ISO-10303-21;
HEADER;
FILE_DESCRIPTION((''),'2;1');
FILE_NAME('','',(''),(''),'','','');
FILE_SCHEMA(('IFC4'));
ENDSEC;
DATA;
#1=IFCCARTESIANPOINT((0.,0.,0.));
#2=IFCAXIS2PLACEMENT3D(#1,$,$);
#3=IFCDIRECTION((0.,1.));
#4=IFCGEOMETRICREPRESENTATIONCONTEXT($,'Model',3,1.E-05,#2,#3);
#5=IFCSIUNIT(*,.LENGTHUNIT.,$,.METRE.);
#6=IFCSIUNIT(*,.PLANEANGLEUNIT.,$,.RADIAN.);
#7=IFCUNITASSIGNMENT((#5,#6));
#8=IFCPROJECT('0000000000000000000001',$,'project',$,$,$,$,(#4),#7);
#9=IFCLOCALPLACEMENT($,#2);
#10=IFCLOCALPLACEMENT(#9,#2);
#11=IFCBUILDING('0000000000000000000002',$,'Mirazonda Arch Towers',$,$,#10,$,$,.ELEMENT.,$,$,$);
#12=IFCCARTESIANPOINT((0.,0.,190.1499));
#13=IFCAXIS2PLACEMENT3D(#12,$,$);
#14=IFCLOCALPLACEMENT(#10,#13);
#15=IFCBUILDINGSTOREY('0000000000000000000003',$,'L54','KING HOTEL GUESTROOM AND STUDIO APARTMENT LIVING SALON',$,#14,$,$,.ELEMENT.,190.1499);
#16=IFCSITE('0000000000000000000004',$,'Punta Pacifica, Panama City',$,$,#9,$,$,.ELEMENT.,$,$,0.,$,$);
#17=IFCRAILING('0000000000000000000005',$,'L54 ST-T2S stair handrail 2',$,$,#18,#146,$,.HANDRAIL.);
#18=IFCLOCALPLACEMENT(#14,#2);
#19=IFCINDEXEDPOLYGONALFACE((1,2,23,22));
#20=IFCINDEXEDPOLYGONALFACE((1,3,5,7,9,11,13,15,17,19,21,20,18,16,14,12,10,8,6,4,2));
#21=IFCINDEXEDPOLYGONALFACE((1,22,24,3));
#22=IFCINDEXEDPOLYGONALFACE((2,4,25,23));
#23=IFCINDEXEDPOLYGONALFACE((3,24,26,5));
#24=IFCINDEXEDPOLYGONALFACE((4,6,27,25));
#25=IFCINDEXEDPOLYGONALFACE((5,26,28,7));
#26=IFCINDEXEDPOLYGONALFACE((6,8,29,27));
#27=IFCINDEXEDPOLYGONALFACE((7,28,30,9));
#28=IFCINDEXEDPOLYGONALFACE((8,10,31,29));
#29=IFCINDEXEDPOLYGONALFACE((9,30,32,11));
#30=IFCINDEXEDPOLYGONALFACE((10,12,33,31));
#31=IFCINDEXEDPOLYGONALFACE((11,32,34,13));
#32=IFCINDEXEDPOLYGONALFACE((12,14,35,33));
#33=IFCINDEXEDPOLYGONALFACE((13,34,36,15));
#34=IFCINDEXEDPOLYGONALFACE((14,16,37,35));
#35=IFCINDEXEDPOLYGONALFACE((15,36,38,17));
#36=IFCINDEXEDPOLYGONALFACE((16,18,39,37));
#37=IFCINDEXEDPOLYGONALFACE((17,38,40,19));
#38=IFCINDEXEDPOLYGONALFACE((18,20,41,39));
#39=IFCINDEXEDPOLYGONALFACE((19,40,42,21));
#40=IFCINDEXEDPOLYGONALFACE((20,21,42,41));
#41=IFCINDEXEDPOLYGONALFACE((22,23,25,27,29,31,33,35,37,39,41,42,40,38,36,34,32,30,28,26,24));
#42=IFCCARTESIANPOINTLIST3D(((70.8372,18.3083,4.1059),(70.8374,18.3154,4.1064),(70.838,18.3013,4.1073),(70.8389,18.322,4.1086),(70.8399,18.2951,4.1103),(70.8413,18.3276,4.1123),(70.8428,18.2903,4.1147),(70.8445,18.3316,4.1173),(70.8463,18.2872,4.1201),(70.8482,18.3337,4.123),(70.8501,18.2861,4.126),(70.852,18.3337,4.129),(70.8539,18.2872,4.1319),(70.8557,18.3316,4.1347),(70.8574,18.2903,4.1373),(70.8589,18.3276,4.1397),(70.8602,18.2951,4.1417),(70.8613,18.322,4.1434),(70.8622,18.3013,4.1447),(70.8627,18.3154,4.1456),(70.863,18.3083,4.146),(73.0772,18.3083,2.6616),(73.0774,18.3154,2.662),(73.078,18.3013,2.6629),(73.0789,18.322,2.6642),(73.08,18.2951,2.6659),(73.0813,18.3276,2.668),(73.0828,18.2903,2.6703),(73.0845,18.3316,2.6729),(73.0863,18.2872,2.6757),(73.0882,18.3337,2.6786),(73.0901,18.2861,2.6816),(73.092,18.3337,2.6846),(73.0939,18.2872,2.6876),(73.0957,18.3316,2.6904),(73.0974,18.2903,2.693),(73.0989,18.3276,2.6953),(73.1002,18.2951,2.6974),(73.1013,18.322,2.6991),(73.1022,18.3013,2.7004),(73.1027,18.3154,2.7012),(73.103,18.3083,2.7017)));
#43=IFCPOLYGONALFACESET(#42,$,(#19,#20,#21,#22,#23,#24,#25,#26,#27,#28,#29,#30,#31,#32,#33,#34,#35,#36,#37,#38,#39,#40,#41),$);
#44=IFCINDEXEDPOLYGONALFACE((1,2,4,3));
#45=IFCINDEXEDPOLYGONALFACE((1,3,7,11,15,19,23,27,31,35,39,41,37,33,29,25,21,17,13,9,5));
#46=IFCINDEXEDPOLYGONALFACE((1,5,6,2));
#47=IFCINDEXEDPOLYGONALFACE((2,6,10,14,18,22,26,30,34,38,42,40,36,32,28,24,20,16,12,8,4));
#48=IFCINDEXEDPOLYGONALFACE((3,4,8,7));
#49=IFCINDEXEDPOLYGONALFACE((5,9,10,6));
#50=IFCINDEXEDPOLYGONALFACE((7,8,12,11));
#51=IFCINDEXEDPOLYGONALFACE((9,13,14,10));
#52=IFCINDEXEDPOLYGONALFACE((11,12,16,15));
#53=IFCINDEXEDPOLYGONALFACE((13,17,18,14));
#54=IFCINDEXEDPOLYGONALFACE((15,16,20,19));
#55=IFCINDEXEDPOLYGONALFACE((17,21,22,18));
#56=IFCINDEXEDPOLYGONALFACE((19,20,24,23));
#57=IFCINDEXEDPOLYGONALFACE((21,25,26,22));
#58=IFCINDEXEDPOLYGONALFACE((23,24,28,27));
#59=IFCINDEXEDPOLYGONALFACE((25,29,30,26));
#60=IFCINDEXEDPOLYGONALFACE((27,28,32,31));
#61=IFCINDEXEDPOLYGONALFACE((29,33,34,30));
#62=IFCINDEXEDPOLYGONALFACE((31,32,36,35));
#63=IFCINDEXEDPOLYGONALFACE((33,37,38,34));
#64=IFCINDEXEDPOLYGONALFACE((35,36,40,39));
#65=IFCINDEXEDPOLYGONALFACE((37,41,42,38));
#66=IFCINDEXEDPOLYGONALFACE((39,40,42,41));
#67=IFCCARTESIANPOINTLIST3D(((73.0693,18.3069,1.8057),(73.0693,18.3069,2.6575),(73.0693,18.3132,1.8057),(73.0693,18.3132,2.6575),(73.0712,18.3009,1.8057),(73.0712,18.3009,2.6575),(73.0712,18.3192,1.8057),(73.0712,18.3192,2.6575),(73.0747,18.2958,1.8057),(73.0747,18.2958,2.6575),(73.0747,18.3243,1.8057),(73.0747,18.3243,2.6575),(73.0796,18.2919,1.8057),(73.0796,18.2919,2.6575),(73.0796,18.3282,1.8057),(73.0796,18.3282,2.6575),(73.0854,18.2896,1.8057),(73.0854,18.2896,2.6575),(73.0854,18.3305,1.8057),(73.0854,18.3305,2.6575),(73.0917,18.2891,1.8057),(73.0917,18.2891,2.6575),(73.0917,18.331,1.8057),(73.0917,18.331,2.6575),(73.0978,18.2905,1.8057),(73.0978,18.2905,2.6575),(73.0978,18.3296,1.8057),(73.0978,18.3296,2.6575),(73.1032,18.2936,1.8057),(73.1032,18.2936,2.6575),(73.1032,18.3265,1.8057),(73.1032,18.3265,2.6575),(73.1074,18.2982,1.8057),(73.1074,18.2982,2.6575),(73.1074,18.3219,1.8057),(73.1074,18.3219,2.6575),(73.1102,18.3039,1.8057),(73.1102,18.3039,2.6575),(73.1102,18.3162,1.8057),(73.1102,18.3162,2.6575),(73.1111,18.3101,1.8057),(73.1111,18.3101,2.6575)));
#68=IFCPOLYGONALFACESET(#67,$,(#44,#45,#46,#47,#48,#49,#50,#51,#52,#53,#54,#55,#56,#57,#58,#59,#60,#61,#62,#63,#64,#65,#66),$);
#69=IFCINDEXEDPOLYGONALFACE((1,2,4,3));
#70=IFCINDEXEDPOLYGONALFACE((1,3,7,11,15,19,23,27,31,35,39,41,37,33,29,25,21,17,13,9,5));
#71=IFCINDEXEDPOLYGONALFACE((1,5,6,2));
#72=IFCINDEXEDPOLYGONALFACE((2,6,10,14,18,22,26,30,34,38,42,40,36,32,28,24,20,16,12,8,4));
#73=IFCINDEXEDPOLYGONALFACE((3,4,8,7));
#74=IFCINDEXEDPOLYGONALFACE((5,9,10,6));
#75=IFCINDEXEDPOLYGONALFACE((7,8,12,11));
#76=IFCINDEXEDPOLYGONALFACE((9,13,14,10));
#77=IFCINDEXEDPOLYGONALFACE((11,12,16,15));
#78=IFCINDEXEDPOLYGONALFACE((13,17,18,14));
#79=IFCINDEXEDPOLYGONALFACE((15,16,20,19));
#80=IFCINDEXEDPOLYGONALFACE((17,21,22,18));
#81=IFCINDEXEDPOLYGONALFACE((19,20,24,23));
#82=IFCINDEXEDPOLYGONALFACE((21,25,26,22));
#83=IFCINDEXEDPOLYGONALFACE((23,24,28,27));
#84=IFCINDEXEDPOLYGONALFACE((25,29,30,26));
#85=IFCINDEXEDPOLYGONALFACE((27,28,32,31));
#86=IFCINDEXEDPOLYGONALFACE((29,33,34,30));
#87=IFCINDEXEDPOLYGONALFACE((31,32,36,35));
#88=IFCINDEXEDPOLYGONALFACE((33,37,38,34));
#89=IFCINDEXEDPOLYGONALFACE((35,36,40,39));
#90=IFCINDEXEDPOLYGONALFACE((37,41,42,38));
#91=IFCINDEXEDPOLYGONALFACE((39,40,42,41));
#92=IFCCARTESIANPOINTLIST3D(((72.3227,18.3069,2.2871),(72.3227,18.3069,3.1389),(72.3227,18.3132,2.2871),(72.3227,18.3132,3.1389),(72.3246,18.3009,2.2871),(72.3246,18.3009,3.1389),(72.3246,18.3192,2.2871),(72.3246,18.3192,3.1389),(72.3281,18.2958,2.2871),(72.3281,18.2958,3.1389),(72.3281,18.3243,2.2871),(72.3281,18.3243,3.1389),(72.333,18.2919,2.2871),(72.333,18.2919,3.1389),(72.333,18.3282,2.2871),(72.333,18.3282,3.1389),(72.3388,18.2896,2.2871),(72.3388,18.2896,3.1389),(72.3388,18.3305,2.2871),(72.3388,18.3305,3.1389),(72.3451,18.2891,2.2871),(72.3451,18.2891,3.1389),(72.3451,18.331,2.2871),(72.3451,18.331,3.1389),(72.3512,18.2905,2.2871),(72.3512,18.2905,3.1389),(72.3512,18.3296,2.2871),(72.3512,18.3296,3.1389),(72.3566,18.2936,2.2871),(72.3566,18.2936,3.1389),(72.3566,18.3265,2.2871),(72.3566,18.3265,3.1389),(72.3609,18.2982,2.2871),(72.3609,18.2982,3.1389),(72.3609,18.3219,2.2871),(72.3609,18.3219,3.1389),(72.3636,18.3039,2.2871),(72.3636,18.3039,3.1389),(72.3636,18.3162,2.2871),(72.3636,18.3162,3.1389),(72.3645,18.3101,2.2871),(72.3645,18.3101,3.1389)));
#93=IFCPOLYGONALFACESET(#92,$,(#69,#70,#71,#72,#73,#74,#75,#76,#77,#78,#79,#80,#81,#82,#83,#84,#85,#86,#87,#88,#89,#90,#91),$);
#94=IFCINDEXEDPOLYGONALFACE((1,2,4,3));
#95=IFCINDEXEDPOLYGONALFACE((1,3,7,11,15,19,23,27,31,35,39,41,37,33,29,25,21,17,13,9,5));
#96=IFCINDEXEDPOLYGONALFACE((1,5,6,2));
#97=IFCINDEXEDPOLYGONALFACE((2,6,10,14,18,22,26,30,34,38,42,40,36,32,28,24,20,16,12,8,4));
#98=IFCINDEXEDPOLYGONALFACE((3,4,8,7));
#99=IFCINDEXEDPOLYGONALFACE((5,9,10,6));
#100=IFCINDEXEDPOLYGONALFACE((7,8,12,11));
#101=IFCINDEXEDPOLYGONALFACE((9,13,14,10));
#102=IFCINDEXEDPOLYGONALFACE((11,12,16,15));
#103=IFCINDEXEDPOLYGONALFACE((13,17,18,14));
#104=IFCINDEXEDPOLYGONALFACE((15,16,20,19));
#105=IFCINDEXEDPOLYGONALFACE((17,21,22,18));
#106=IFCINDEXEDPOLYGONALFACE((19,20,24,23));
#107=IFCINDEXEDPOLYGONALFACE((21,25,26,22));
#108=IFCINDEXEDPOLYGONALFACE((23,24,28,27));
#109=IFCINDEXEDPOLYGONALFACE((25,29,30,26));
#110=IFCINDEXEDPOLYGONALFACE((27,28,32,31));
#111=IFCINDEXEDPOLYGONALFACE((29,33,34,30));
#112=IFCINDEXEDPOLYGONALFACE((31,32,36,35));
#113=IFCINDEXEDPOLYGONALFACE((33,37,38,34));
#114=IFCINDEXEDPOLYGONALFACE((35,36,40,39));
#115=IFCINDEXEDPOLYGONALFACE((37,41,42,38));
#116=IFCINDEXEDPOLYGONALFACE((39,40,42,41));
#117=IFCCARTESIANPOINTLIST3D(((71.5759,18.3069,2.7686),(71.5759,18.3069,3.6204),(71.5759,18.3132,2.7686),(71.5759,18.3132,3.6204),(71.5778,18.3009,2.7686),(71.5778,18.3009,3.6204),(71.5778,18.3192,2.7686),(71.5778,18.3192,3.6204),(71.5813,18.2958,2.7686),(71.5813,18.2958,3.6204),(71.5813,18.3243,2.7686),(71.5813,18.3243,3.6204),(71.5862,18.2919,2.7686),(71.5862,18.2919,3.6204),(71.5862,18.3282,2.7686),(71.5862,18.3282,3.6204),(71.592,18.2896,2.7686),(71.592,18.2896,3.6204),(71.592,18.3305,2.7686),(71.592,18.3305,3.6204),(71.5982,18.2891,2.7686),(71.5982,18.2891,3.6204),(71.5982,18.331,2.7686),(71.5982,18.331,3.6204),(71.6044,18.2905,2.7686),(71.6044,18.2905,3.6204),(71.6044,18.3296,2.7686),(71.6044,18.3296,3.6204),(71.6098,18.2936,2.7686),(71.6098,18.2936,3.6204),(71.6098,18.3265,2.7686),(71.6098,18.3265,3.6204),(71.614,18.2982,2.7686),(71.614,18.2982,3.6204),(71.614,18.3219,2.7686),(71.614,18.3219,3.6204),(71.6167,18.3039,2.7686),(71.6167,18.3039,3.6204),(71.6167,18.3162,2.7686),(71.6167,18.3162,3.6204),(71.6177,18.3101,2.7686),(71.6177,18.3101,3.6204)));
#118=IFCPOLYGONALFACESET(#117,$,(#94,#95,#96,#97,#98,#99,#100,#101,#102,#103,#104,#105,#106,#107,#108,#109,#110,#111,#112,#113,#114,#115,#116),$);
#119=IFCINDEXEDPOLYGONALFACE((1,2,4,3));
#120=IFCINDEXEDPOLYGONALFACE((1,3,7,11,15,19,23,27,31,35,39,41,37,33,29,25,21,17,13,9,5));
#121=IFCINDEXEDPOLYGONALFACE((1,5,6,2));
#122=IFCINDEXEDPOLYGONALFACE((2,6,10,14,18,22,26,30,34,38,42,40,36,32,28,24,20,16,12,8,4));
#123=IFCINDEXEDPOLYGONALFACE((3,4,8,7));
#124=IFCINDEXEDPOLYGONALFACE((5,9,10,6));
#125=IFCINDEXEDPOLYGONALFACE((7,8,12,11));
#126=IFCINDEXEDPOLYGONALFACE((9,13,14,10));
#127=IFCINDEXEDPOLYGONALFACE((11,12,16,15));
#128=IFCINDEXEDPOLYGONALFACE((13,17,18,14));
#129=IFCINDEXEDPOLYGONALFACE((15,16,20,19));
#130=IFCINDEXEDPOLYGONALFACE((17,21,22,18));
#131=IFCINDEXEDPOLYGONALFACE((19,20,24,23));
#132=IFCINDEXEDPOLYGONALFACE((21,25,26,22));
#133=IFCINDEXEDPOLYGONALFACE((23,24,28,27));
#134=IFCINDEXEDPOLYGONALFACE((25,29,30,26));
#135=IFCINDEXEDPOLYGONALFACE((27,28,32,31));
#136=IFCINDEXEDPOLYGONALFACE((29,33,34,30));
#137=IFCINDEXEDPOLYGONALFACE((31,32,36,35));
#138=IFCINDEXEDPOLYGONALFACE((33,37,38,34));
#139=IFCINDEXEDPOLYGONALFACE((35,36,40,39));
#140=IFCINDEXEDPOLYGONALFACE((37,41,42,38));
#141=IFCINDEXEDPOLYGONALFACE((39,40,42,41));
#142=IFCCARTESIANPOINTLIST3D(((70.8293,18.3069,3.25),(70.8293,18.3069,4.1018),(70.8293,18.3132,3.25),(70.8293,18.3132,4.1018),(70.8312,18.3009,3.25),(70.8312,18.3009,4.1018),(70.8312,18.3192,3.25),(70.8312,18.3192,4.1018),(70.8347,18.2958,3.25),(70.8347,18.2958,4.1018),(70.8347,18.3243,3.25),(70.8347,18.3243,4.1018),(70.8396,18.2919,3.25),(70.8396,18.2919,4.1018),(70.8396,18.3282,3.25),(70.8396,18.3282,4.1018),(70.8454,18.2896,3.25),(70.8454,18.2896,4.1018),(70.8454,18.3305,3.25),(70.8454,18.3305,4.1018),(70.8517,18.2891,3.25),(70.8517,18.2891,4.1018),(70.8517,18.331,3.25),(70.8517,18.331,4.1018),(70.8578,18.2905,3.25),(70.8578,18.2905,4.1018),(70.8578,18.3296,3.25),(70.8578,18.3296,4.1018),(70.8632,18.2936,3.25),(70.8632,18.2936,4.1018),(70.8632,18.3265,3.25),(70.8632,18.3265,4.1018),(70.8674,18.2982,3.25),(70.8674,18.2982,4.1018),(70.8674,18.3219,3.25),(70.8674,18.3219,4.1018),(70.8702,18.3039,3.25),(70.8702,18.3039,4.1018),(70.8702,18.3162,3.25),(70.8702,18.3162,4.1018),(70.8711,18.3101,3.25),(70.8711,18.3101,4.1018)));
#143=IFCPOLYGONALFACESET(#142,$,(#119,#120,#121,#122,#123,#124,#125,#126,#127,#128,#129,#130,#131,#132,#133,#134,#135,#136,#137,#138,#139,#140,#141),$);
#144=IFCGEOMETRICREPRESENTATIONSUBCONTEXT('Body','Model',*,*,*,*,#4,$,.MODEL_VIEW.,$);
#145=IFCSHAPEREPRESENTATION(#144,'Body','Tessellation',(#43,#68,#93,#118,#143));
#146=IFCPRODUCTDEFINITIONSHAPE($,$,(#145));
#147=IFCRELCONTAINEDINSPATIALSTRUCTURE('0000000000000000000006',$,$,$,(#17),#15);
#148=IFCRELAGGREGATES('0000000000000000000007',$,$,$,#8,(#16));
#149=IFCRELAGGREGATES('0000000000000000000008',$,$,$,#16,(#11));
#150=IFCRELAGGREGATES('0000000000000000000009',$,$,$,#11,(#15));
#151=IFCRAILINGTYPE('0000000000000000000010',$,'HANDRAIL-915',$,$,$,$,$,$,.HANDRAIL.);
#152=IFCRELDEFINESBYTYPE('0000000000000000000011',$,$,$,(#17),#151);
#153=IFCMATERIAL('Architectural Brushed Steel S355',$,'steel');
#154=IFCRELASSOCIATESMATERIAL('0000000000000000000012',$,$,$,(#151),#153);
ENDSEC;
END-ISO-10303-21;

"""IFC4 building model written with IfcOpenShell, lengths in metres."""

from ifc_helpers import new_model, si_unit, direction, frame, origin, origin_2d, place, context, subcontext, project, spatial, circle, extrude, material, type_object, element, save


model = new_model("IFC4")

# Units and contexts
model_context = context("Model", 3, precision=1e-05, world=origin(), true_north=direction((0.0, 1.0)))
body_context = subcontext(model_context, "Body", "Model", "MODEL_VIEW")
ifc_project = project(units=[si_unit("LENGTHUNIT", "METRE"), si_unit("PLANEANGLEUNIT", "RADIAN")], contexts=[model_context])

# Site, building, storey
site_placement = place(None, origin())
site = spatial("IfcSite", under=ifc_project, at=site_placement, Name="Punta Pacifica, Panama City", CompositionType="ELEMENT", RefElevation=0.0)
building_placement = place(site_placement, origin())
building = spatial("IfcBuilding", under=site, at=building_placement, Name="Mirazonda Arch Towers", CompositionType="ELEMENT")
storey_placement = place(building_placement, frame((0.0, 0.0, 190.1499)))
storey = spatial("IfcBuildingStorey", under=building, at=storey_placement, Name="L54", Description="KING HOTEL GUESTROOM AND STUDIO APARTMENT LIVING SALON", CompositionType="ELEMENT", Elevation=190.1499)

# Shared definitions
ifc_material_1 = material(Name="Architectural Brushed Steel S355", Category="steel")

# Railing
railing_type_1 = type_object("IfcRailingType", Name="HANDRAIL-915", PredefinedType="HANDRAIL", material=ifc_material_1)
railing_1_placement = place(storey_placement, frame((73.0901, 18.3101, 1.8057)))
element("IfcRailing", 1, at=railing_1_placement, inside=storey, type_object=railing_type_1, Name="L54 ST-T2S stair handrail 2", PredefinedType="HANDRAIL", context=body_context, shape_type="SweptSolid", body=[
    extrude(circle(Radius=0.0239, at=origin_2d()), frame((0.0, 0.0, 0.876), z_axis=(-0.840437, 0.0, 0.54191), x_axis=(0.0, -1.0, 0.0)), (0.0, 0.0, 1.0), 2.6653),
    extrude(circle(Radius=0.021, at=origin_2d()), origin(), (0.0, 0.0, 1.0), 0.8518),
    extrude(circle(Radius=0.021, at=origin_2d()), frame((-0.7466, 0.0, 0.4814)), (0.0, 0.0, 1.0), 0.8518),
    extrude(circle(Radius=0.021, at=origin_2d()), frame((-1.4934, 0.0, 0.9629)), (0.0, 0.0, 1.0), 0.8518),
    extrude(circle(Radius=0.021, at=origin_2d()), frame((-2.24, 0.0, 1.4443)), (0.0, 0.0, 1.0), 0.8518),
])

save(model, "model.ifc")
